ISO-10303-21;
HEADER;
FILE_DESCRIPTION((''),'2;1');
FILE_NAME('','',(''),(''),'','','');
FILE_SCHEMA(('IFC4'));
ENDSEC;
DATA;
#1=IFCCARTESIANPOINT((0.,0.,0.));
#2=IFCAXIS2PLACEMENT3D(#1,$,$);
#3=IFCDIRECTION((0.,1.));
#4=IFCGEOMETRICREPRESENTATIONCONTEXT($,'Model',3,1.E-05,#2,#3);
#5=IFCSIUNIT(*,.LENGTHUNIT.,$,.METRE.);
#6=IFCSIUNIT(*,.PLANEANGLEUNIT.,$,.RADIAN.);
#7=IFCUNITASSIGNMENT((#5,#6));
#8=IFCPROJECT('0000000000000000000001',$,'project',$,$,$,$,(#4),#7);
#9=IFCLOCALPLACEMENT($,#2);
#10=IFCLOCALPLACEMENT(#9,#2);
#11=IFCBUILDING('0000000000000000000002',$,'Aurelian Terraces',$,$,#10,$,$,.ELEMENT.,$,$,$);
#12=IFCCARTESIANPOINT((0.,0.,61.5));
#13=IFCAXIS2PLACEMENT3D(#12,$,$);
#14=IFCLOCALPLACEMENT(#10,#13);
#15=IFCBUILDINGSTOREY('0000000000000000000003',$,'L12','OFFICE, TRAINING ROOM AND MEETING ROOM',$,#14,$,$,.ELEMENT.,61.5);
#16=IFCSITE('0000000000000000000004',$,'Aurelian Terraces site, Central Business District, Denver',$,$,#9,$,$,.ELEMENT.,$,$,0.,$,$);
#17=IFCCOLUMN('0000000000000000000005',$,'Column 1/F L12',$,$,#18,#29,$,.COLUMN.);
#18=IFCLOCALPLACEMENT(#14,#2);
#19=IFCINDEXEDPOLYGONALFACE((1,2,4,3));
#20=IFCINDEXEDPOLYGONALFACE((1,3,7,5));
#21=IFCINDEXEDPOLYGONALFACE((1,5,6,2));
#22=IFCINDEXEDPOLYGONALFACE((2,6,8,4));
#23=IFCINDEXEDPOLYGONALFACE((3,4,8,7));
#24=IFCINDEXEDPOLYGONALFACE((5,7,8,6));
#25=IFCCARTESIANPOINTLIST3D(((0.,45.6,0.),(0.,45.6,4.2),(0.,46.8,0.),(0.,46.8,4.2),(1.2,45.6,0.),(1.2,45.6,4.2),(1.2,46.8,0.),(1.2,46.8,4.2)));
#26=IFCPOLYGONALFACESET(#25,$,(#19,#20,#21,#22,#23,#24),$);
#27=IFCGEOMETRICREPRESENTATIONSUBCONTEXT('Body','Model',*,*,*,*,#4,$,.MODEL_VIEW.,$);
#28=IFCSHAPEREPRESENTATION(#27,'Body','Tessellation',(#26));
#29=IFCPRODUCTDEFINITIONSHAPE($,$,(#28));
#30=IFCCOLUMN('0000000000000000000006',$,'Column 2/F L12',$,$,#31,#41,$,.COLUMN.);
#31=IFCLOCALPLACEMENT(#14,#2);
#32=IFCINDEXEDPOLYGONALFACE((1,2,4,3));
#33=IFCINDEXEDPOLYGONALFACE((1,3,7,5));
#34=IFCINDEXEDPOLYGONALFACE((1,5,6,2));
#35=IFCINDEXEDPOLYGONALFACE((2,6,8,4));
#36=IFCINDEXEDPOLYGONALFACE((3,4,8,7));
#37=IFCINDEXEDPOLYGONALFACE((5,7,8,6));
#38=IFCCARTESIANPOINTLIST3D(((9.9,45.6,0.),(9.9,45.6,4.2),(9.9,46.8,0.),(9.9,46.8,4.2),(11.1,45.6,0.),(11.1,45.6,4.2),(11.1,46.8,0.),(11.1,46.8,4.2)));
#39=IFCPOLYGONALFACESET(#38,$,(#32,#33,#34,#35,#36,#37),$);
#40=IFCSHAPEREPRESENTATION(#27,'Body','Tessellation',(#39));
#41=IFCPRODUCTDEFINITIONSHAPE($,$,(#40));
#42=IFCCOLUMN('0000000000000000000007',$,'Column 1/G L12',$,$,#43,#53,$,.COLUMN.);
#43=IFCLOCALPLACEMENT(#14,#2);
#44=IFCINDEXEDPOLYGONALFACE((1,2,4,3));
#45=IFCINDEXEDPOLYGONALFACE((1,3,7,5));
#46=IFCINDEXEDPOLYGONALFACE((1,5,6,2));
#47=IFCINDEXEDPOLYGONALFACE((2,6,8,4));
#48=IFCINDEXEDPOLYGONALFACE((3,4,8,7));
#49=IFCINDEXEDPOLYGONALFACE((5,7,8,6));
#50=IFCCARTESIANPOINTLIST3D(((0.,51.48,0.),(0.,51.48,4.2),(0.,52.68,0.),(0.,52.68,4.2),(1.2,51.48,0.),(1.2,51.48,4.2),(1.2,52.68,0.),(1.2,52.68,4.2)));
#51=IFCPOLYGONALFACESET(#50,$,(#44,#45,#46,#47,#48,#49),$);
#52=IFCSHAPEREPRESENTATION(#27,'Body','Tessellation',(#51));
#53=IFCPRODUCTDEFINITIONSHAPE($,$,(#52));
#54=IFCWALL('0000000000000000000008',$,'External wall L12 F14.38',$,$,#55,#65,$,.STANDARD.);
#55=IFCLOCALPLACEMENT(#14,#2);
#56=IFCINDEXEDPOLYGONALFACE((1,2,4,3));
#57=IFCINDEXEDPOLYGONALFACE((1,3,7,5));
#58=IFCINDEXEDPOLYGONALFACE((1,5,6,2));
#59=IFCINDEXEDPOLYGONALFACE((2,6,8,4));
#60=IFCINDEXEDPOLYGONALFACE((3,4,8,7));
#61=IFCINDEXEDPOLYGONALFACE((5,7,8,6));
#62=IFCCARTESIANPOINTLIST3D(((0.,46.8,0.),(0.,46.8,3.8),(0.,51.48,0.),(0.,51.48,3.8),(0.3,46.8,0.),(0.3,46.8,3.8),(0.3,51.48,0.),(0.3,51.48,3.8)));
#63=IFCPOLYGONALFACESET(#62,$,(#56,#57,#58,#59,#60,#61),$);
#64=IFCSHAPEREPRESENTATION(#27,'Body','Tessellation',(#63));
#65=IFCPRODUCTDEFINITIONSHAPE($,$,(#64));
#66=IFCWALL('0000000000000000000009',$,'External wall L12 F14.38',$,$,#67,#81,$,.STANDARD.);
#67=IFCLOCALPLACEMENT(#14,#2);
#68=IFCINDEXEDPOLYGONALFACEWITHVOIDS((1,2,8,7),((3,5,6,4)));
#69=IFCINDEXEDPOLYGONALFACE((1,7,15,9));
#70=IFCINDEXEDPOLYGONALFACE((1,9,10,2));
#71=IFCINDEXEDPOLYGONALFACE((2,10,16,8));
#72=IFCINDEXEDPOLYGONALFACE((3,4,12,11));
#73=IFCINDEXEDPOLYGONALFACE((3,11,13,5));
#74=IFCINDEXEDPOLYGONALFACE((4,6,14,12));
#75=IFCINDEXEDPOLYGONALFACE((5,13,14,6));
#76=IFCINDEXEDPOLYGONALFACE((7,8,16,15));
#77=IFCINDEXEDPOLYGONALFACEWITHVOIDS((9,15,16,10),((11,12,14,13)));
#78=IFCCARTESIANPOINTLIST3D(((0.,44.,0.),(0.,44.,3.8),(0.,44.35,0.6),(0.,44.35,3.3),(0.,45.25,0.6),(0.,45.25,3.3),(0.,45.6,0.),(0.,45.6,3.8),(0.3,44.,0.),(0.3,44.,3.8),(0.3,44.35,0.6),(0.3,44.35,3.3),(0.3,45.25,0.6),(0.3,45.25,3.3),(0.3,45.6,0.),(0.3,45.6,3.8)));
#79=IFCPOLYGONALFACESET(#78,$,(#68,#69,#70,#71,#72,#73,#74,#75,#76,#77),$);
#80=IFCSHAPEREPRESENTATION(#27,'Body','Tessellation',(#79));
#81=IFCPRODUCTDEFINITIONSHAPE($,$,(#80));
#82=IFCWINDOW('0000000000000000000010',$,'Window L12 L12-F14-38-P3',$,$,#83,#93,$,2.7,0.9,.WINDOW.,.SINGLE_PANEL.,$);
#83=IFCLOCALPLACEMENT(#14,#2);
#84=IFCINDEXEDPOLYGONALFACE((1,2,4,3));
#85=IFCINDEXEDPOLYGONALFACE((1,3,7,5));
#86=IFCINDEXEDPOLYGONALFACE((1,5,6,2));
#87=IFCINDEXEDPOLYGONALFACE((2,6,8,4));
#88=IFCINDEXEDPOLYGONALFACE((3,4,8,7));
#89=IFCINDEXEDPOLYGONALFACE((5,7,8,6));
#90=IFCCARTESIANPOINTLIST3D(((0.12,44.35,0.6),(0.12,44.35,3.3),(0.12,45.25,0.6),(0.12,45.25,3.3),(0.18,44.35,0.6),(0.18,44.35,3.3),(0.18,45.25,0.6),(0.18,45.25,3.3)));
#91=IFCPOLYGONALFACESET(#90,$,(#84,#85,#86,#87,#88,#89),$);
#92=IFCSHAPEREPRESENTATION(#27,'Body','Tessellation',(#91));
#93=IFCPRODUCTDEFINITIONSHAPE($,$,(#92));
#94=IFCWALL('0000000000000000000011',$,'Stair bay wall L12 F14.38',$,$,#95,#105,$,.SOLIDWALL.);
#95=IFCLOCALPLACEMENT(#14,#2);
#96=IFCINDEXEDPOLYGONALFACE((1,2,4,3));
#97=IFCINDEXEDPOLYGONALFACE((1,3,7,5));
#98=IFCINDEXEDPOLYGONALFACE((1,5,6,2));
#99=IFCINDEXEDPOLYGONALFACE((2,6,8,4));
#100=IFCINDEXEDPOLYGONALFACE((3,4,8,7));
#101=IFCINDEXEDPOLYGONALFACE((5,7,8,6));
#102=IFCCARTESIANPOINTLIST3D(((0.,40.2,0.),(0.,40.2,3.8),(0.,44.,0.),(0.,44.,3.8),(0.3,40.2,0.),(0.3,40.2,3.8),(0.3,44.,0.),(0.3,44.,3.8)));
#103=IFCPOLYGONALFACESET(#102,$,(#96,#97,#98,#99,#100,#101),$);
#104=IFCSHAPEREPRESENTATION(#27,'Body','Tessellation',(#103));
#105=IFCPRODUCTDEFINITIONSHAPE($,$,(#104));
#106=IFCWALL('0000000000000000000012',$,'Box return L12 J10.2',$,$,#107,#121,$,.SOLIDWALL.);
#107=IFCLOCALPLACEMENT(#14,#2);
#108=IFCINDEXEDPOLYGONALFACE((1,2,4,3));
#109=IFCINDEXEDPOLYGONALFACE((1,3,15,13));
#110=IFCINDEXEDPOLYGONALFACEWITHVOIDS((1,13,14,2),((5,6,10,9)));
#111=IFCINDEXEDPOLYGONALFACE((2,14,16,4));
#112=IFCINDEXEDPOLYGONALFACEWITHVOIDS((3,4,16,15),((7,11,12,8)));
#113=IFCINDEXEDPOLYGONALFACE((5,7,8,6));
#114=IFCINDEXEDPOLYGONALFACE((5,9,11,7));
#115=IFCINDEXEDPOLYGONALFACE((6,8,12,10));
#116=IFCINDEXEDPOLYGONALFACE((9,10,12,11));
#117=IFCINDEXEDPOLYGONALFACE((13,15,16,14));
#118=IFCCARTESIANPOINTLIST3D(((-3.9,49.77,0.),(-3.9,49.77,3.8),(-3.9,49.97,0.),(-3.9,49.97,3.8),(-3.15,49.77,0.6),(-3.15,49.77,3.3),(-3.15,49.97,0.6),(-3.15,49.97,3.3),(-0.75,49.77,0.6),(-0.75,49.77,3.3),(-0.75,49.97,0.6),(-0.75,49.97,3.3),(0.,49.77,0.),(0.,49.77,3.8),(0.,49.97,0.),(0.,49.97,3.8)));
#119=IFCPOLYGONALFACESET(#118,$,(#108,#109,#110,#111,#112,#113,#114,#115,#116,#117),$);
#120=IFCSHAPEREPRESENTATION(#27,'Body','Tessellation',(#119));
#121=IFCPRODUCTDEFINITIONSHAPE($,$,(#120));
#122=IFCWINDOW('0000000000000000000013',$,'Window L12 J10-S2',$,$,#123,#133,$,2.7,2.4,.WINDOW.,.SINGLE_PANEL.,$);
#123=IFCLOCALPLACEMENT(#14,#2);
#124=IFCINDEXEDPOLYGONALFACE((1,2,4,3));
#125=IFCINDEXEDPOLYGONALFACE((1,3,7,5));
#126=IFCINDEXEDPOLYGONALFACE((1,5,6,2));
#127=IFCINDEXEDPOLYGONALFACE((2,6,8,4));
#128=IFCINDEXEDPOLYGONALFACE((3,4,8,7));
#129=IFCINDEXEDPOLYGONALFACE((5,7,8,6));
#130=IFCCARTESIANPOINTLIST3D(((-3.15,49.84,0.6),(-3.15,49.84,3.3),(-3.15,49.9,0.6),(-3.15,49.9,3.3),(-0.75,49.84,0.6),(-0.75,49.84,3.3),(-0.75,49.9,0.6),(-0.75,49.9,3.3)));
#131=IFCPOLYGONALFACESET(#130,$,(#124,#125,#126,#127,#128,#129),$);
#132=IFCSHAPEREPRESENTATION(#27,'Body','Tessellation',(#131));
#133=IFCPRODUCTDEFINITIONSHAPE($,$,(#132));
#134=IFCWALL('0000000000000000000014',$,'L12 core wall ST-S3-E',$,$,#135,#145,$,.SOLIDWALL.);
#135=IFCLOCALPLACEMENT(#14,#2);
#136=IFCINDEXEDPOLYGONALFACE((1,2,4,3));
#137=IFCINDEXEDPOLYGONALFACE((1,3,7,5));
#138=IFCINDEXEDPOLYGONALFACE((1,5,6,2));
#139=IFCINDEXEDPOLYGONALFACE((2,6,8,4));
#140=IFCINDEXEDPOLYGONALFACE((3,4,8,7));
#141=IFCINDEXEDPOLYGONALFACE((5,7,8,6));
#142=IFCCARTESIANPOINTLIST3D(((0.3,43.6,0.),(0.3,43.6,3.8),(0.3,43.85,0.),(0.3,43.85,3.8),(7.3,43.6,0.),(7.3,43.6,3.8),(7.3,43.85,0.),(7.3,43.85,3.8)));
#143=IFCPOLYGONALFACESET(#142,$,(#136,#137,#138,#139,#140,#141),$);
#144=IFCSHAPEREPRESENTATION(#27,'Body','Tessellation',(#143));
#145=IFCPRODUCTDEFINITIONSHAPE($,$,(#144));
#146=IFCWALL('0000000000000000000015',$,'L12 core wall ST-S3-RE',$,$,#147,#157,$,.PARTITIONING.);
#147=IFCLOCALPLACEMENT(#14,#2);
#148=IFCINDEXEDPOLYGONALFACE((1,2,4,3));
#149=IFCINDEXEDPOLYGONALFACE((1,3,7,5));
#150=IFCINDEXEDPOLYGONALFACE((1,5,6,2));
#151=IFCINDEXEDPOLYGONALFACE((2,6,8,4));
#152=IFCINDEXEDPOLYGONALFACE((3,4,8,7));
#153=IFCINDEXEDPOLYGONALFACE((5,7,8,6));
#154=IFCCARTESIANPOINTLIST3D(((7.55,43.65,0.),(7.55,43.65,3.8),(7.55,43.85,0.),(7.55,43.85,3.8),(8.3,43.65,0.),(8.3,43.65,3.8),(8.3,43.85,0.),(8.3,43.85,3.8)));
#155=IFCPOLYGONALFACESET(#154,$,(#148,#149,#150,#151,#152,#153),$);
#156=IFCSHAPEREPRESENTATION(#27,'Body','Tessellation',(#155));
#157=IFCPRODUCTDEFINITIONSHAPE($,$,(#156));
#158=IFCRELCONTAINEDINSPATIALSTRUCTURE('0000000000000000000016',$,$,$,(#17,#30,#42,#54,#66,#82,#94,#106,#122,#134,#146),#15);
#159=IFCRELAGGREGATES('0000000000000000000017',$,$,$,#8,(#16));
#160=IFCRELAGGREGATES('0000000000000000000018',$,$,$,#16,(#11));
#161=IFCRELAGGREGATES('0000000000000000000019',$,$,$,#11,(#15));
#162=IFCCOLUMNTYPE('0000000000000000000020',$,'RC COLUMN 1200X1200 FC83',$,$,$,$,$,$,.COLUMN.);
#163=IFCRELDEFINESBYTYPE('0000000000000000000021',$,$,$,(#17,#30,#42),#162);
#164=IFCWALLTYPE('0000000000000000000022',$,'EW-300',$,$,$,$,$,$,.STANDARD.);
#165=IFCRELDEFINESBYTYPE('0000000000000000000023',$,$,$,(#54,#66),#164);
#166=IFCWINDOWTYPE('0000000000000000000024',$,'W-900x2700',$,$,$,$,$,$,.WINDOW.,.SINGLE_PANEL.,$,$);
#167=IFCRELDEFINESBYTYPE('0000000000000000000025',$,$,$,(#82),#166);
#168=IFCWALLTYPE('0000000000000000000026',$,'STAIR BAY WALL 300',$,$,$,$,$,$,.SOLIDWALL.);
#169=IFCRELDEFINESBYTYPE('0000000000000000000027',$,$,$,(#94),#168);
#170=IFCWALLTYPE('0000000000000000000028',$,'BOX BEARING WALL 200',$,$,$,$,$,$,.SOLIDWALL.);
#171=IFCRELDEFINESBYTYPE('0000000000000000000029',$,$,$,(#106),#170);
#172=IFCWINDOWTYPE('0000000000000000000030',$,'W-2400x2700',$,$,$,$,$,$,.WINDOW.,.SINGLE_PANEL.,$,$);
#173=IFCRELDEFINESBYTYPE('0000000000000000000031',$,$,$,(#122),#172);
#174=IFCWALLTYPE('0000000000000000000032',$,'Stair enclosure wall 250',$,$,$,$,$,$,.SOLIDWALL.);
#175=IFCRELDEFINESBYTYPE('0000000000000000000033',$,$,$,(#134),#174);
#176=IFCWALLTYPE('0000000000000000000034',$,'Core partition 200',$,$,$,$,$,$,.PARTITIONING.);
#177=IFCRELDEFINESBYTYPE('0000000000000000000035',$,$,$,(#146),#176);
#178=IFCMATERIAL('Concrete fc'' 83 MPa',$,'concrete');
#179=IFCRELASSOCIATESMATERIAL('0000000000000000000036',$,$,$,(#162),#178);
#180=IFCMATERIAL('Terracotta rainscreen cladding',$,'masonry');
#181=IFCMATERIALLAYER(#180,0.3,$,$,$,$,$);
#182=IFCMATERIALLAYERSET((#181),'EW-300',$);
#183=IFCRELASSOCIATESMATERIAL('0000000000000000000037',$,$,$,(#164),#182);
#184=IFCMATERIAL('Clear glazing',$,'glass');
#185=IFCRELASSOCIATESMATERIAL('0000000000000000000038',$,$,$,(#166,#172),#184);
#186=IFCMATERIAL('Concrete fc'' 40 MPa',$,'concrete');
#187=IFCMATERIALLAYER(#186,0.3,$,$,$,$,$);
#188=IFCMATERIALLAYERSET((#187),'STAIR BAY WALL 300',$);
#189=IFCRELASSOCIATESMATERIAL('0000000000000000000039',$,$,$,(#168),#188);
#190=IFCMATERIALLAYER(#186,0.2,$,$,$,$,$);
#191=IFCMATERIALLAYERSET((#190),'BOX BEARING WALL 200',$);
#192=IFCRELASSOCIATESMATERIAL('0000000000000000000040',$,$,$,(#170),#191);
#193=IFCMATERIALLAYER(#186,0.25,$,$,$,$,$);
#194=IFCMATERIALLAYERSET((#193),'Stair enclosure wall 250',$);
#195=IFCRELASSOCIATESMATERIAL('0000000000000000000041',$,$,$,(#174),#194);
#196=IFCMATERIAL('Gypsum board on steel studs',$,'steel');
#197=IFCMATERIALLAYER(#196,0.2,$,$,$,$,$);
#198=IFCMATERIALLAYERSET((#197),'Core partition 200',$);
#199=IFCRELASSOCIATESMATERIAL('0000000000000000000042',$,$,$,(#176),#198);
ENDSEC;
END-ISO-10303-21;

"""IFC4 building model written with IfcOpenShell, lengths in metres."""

from ifc_helpers import new_model, si_unit, direction, frame, frame_2d, origin, origin_2d, place, context, subcontext, project, spatial, rectangle, extrude, source, transform, mapped, material, layer, layer_set, material_profile, profile_set, type_object, element, fill, save


model = new_model("IFC4")

# Units and contexts
model_context = context("Model", 3, precision=1e-05, world=origin(), true_north=direction((0.0, 1.0)))
body_context = subcontext(model_context, "Body", "Model", "MODEL_VIEW")
ifc_project = project(units=[si_unit("LENGTHUNIT", "METRE"), si_unit("PLANEANGLEUNIT", "RADIAN")], contexts=[model_context])

# Site, building, storey
site_placement = place(None, origin())
site = spatial("IfcSite", under=ifc_project, at=site_placement, Name="Aurelian Terraces site, Central Business District, Denver", CompositionType="ELEMENT", RefElevation=0.0)
building_placement = place(site_placement, origin())
building = spatial("IfcBuilding", under=site, at=building_placement, Name="Aurelian Terraces", CompositionType="ELEMENT")
storey_placement = place(building_placement, frame((0.0, 0.0, 61.5)))
storey = spatial("IfcBuildingStorey", under=building, at=storey_placement, Name="L12", Description="OFFICE, TRAINING ROOM AND MEETING ROOM", CompositionType="ELEMENT", Elevation=61.5)

# Columns
ifc_material_1 = material(Name="Concrete fc' 83 MPa", Category="concrete")
ifc_material_profile = material_profile(ifc_material_1, rectangle(XDim=1.2, YDim=1.2, at=origin_2d()))
ifc_profile_set = profile_set([ifc_material_profile], Name="Concrete fc' 83 MPa")
column_type = type_object("IfcColumnType", Name="RC COLUMN 1200X1200 FC83", PredefinedType="COLUMN", material=ifc_profile_set)
shared_shape_1 = source(origin(), body_context, "Body", "SweptSolid", [
    extrude(rectangle(XDim=1.2, YDim=1.2, at=origin_2d()), origin(), (0.0, 0.0, 1.0), 4.2),
])
for number, where, z_axis, x_axis, name in (
    (1, (0.6, 46.2, 0.0), (0.0, 0.0, 1.0), (1.0, 0.0, 0.0), "Column 1/F L12"),
    (2, (10.5, 46.2, 0.0), (0.0, 0.0, 1.0), (1.0, 0.0, 0.0), "Column 2/F L12"),
    (3, (0.6, 52.08, 0.0), (0.0, 0.0, 1.0), (1.0, 0.0, 0.0), "Column 1/G L12"),
):
    element("IfcColumn", number, at=place(storey_placement, frame(where, z_axis=z_axis, x_axis=x_axis)), inside=storey, type_object=column_type, Name=name, PredefinedType="COLUMN", context=body_context, shape_type="MappedRepresentation", body=[
        mapped(shared_shape_1, transform((0.0, 0.0, 0.0), scale=1.0)),
    ])

# Wall
ifc_material_2 = material(Name="Terracotta rainscreen cladding", Category="masonry")
ifc_layer_1 = layer(ifc_material_2, 0.3)
ifc_layer_set_1 = layer_set([ifc_layer_1], Name="EW-300")
wall_type_1 = type_object("IfcWallType", Name="EW-300", PredefinedType="STANDARD", material=ifc_layer_set_1)
shared_shape_2 = source(origin(), body_context, "Body", "SweptSolid", [
    extrude(rectangle(XDim=4.68, YDim=0.3, at=frame_2d((2.34, 0.0))), origin(), (0.0, 0.0, 1.0), 3.8),
])
wall_1_placement = place(storey_placement, frame((0.15, 51.48, 0.0), z_axis=(0.0, 0.0, 1.0), x_axis=(0.0, -1.0, 0.0)))
element("IfcWall", 4, at=wall_1_placement, inside=storey, type_object=wall_type_1, Name="External wall L12 F14.38", PredefinedType="STANDARD", context=body_context, shape_type="MappedRepresentation", body=[
    mapped(shared_shape_2, transform((0.0, 0.0, 0.0), scale=1.0)),
])

# Wall, opening, window
shared_shape_3 = source(origin(), body_context, "Body", "SweptSolid", [
    extrude(rectangle(XDim=1.6, YDim=0.3, at=frame_2d((0.8, 0.0))), origin(), (0.0, 0.0, 1.0), 3.8),
])
wall_2_placement = place(storey_placement, frame((0.15, 45.6, 0.0), z_axis=(0.0, 0.0, 1.0), x_axis=(0.0, -1.0, 0.0)))
wall_2 = element("IfcWall", 5, at=wall_2_placement, inside=storey, type_object=wall_type_1, Name="External wall L12 F14.38", PredefinedType="STANDARD", context=body_context, shape_type="MappedRepresentation", body=[
    mapped(shared_shape_3, transform((0.0, 0.0, 0.0), scale=1.0)),
])
shared_shape_4 = source(origin(), body_context, "Body", "SweptSolid", [
    extrude(rectangle(XDim=0.9, YDim=2.7, at=frame_2d((0.45, 1.35))), frame((0.0, 0.16, 0.0), z_axis=(0.0, -1.0, 0.0), x_axis=(1.0, 0.0, 0.0)), (0.0, 0.0, 1.0), 0.32),
])
opening_1_placement = place(wall_2_placement, frame((0.35, 0.0, 0.6)))
opening_1 = element("IfcOpeningElement", 6, at=opening_1_placement, cuts=wall_2, PredefinedType="OPENING", context=body_context, shape_type="MappedRepresentation", body=[
    mapped(shared_shape_4, transform((0.0, 0.0, 0.0), scale=1.0)),
])
ifc_material_3 = material(Name="Clear glazing", Category="glass")
window_type_1 = type_object("IfcWindowType", Name="W-900x2700", PartitioningType="SINGLE_PANEL", PredefinedType="WINDOW", material=ifc_material_3)
shared_shape_5 = source(origin(), body_context, "Body", "SweptSolid", [
    extrude(rectangle(XDim=0.9, YDim=2.7, at=frame_2d((0.45, 1.35))), frame((0.0, 0.03, 0.0), z_axis=(0.0, -1.0, 0.0), x_axis=(1.0, 0.0, 0.0)), (0.0, 0.0, 1.0), 0.06),
])
window_1_placement = place(opening_1_placement, origin())
window_1 = element("IfcWindow", 7, at=window_1_placement, inside=storey, type_object=window_type_1, Name="Window L12 L12-F14-38-P3", OverallHeight=2.7, OverallWidth=0.9, PartitioningType="SINGLE_PANEL", PredefinedType="WINDOW", context=body_context, shape_type="MappedRepresentation", body=[
    mapped(shared_shape_5, transform((0.0, 0.0, 0.0), scale=1.0)),
])
fill(opening_1, window_1)

# Wall
ifc_material_4 = material(Name="Concrete fc' 40 MPa", Category="concrete")
ifc_layer_2 = layer(ifc_material_4, 0.3)
ifc_layer_set_2 = layer_set([ifc_layer_2], Name="STAIR BAY WALL 300")
wall_type_2 = type_object("IfcWallType", Name="STAIR BAY WALL 300", PredefinedType="SOLIDWALL", material=ifc_layer_set_2)
shared_shape_6 = source(origin(), body_context, "Body", "SweptSolid", [
    extrude(rectangle(XDim=3.8, YDim=0.3, at=frame_2d((1.9, 0.0))), origin(), (0.0, 0.0, 1.0), 3.8),
])
wall_3_placement = place(storey_placement, frame((0.15, 44.0, 0.0), z_axis=(0.0, 0.0, 1.0), x_axis=(0.0, -1.0, 0.0)))
element("IfcWall", 8, at=wall_3_placement, inside=storey, type_object=wall_type_2, Name="Stair bay wall L12 F14.38", PredefinedType="SOLIDWALL", context=body_context, shape_type="MappedRepresentation", body=[
    mapped(shared_shape_6, transform((0.0, 0.0, 0.0), scale=1.0)),
])

# Wall, opening, window
ifc_layer_3 = layer(ifc_material_4, 0.2)
ifc_layer_set_3 = layer_set([ifc_layer_3], Name="BOX BEARING WALL 200")
wall_type_3 = type_object("IfcWallType", Name="BOX BEARING WALL 200", PredefinedType="SOLIDWALL", material=ifc_layer_set_3)
shared_shape_7 = source(origin(), body_context, "Body", "SweptSolid", [
    extrude(rectangle(XDim=3.9, YDim=0.2, at=frame_2d((1.95, 0.0))), origin(), (0.0, 0.0, 1.0), 3.8),
])
wall_4_placement = place(storey_placement, frame((0.0, 49.87, 0.0), z_axis=(0.0, 0.0, 1.0), x_axis=(-1.0, 0.0, 0.0)))
wall_4 = element("IfcWall", 9, at=wall_4_placement, inside=storey, type_object=wall_type_3, Name="Box return L12 J10.2", PredefinedType="SOLIDWALL", context=body_context, shape_type="MappedRepresentation", body=[
    mapped(shared_shape_7, transform((0.0, 0.0, 0.0), scale=1.0)),
])
shared_shape_8 = source(origin(), body_context, "Body", "SweptSolid", [
    extrude(rectangle(XDim=2.4, YDim=2.7, at=frame_2d((1.2, 1.35))), frame((0.0, 0.11, 0.0), z_axis=(0.0, -1.0, 0.0), x_axis=(1.0, 0.0, 0.0)), (0.0, 0.0, 1.0), 0.22),
])
opening_2_placement = place(wall_4_placement, frame((0.75, 0.0, 0.6)))
opening_2 = element("IfcOpeningElement", 10, at=opening_2_placement, cuts=wall_4, PredefinedType="OPENING", context=body_context, shape_type="MappedRepresentation", body=[
    mapped(shared_shape_8, transform((0.0, 0.0, 0.0), scale=1.0)),
])
window_type_2 = type_object("IfcWindowType", Name="W-2400x2700", PartitioningType="SINGLE_PANEL", PredefinedType="WINDOW", material=ifc_material_3)
shared_shape_9 = source(origin(), body_context, "Body", "SweptSolid", [
    extrude(rectangle(XDim=2.4, YDim=2.7, at=frame_2d((1.2, 1.35))), frame((0.0, 0.03, 0.0), z_axis=(0.0, -1.0, 0.0), x_axis=(1.0, 0.0, 0.0)), (0.0, 0.0, 1.0), 0.06),
])
window_2_placement = place(opening_2_placement, origin())
window_2 = element("IfcWindow", 11, at=window_2_placement, inside=storey, type_object=window_type_2, Name="Window L12 J10-S2", OverallHeight=2.7, OverallWidth=2.4, PartitioningType="SINGLE_PANEL", PredefinedType="WINDOW", context=body_context, shape_type="MappedRepresentation", body=[
    mapped(shared_shape_9, transform((0.0, 0.0, 0.0), scale=1.0)),
])
fill(opening_2, window_2)

# Walls
ifc_layer_4 = layer(ifc_material_4, 0.25)
ifc_layer_set_4 = layer_set([ifc_layer_4], Name="Stair enclosure wall 250")
wall_type_4 = type_object("IfcWallType", Name="Stair enclosure wall 250", PredefinedType="SOLIDWALL", material=ifc_layer_set_4)
shared_shape_10 = source(origin(), body_context, "Body", "SweptSolid", [
    extrude(rectangle(XDim=7.0, YDim=0.25, at=frame_2d((3.5, 0.0))), origin(), (0.0, 0.0, 1.0), 3.8),
])
wall_5_placement = place(storey_placement, frame((0.3, 43.725, 0.0), z_axis=(0.0, 0.0, 1.0), x_axis=(1.0, 0.0, 0.0)))
element("IfcWall", 12, at=wall_5_placement, inside=storey, type_object=wall_type_4, Name="L12 core wall ST-S3-E", PredefinedType="SOLIDWALL", context=body_context, shape_type="MappedRepresentation", body=[
    mapped(shared_shape_10, transform((0.0, 0.0, 0.0), scale=1.0)),
])
ifc_material_5 = material(Name="Gypsum board on steel studs", Category="steel")
ifc_layer_5 = layer(ifc_material_5, 0.2)
ifc_layer_set_5 = layer_set([ifc_layer_5], Name="Core partition 200")
wall_type_5 = type_object("IfcWallType", Name="Core partition 200", PredefinedType="PARTITIONING", material=ifc_layer_set_5)
shared_shape_11 = source(origin(), body_context, "Body", "SweptSolid", [
    extrude(rectangle(XDim=0.75, YDim=0.2, at=frame_2d((0.375, 0.0))), origin(), (0.0, 0.0, 1.0), 3.8),
])
wall_6_placement = place(storey_placement, frame((7.55, 43.75, 0.0), z_axis=(0.0, 0.0, 1.0), x_axis=(1.0, 0.0, 0.0)))
element("IfcWall", 13, at=wall_6_placement, inside=storey, type_object=wall_type_5, Name="L12 core wall ST-S3-RE", PredefinedType="PARTITIONING", context=body_context, shape_type="MappedRepresentation", body=[
    mapped(shared_shape_11, transform((0.0, 0.0, 0.0), scale=1.0)),
])

save(model, "model.ifc")
